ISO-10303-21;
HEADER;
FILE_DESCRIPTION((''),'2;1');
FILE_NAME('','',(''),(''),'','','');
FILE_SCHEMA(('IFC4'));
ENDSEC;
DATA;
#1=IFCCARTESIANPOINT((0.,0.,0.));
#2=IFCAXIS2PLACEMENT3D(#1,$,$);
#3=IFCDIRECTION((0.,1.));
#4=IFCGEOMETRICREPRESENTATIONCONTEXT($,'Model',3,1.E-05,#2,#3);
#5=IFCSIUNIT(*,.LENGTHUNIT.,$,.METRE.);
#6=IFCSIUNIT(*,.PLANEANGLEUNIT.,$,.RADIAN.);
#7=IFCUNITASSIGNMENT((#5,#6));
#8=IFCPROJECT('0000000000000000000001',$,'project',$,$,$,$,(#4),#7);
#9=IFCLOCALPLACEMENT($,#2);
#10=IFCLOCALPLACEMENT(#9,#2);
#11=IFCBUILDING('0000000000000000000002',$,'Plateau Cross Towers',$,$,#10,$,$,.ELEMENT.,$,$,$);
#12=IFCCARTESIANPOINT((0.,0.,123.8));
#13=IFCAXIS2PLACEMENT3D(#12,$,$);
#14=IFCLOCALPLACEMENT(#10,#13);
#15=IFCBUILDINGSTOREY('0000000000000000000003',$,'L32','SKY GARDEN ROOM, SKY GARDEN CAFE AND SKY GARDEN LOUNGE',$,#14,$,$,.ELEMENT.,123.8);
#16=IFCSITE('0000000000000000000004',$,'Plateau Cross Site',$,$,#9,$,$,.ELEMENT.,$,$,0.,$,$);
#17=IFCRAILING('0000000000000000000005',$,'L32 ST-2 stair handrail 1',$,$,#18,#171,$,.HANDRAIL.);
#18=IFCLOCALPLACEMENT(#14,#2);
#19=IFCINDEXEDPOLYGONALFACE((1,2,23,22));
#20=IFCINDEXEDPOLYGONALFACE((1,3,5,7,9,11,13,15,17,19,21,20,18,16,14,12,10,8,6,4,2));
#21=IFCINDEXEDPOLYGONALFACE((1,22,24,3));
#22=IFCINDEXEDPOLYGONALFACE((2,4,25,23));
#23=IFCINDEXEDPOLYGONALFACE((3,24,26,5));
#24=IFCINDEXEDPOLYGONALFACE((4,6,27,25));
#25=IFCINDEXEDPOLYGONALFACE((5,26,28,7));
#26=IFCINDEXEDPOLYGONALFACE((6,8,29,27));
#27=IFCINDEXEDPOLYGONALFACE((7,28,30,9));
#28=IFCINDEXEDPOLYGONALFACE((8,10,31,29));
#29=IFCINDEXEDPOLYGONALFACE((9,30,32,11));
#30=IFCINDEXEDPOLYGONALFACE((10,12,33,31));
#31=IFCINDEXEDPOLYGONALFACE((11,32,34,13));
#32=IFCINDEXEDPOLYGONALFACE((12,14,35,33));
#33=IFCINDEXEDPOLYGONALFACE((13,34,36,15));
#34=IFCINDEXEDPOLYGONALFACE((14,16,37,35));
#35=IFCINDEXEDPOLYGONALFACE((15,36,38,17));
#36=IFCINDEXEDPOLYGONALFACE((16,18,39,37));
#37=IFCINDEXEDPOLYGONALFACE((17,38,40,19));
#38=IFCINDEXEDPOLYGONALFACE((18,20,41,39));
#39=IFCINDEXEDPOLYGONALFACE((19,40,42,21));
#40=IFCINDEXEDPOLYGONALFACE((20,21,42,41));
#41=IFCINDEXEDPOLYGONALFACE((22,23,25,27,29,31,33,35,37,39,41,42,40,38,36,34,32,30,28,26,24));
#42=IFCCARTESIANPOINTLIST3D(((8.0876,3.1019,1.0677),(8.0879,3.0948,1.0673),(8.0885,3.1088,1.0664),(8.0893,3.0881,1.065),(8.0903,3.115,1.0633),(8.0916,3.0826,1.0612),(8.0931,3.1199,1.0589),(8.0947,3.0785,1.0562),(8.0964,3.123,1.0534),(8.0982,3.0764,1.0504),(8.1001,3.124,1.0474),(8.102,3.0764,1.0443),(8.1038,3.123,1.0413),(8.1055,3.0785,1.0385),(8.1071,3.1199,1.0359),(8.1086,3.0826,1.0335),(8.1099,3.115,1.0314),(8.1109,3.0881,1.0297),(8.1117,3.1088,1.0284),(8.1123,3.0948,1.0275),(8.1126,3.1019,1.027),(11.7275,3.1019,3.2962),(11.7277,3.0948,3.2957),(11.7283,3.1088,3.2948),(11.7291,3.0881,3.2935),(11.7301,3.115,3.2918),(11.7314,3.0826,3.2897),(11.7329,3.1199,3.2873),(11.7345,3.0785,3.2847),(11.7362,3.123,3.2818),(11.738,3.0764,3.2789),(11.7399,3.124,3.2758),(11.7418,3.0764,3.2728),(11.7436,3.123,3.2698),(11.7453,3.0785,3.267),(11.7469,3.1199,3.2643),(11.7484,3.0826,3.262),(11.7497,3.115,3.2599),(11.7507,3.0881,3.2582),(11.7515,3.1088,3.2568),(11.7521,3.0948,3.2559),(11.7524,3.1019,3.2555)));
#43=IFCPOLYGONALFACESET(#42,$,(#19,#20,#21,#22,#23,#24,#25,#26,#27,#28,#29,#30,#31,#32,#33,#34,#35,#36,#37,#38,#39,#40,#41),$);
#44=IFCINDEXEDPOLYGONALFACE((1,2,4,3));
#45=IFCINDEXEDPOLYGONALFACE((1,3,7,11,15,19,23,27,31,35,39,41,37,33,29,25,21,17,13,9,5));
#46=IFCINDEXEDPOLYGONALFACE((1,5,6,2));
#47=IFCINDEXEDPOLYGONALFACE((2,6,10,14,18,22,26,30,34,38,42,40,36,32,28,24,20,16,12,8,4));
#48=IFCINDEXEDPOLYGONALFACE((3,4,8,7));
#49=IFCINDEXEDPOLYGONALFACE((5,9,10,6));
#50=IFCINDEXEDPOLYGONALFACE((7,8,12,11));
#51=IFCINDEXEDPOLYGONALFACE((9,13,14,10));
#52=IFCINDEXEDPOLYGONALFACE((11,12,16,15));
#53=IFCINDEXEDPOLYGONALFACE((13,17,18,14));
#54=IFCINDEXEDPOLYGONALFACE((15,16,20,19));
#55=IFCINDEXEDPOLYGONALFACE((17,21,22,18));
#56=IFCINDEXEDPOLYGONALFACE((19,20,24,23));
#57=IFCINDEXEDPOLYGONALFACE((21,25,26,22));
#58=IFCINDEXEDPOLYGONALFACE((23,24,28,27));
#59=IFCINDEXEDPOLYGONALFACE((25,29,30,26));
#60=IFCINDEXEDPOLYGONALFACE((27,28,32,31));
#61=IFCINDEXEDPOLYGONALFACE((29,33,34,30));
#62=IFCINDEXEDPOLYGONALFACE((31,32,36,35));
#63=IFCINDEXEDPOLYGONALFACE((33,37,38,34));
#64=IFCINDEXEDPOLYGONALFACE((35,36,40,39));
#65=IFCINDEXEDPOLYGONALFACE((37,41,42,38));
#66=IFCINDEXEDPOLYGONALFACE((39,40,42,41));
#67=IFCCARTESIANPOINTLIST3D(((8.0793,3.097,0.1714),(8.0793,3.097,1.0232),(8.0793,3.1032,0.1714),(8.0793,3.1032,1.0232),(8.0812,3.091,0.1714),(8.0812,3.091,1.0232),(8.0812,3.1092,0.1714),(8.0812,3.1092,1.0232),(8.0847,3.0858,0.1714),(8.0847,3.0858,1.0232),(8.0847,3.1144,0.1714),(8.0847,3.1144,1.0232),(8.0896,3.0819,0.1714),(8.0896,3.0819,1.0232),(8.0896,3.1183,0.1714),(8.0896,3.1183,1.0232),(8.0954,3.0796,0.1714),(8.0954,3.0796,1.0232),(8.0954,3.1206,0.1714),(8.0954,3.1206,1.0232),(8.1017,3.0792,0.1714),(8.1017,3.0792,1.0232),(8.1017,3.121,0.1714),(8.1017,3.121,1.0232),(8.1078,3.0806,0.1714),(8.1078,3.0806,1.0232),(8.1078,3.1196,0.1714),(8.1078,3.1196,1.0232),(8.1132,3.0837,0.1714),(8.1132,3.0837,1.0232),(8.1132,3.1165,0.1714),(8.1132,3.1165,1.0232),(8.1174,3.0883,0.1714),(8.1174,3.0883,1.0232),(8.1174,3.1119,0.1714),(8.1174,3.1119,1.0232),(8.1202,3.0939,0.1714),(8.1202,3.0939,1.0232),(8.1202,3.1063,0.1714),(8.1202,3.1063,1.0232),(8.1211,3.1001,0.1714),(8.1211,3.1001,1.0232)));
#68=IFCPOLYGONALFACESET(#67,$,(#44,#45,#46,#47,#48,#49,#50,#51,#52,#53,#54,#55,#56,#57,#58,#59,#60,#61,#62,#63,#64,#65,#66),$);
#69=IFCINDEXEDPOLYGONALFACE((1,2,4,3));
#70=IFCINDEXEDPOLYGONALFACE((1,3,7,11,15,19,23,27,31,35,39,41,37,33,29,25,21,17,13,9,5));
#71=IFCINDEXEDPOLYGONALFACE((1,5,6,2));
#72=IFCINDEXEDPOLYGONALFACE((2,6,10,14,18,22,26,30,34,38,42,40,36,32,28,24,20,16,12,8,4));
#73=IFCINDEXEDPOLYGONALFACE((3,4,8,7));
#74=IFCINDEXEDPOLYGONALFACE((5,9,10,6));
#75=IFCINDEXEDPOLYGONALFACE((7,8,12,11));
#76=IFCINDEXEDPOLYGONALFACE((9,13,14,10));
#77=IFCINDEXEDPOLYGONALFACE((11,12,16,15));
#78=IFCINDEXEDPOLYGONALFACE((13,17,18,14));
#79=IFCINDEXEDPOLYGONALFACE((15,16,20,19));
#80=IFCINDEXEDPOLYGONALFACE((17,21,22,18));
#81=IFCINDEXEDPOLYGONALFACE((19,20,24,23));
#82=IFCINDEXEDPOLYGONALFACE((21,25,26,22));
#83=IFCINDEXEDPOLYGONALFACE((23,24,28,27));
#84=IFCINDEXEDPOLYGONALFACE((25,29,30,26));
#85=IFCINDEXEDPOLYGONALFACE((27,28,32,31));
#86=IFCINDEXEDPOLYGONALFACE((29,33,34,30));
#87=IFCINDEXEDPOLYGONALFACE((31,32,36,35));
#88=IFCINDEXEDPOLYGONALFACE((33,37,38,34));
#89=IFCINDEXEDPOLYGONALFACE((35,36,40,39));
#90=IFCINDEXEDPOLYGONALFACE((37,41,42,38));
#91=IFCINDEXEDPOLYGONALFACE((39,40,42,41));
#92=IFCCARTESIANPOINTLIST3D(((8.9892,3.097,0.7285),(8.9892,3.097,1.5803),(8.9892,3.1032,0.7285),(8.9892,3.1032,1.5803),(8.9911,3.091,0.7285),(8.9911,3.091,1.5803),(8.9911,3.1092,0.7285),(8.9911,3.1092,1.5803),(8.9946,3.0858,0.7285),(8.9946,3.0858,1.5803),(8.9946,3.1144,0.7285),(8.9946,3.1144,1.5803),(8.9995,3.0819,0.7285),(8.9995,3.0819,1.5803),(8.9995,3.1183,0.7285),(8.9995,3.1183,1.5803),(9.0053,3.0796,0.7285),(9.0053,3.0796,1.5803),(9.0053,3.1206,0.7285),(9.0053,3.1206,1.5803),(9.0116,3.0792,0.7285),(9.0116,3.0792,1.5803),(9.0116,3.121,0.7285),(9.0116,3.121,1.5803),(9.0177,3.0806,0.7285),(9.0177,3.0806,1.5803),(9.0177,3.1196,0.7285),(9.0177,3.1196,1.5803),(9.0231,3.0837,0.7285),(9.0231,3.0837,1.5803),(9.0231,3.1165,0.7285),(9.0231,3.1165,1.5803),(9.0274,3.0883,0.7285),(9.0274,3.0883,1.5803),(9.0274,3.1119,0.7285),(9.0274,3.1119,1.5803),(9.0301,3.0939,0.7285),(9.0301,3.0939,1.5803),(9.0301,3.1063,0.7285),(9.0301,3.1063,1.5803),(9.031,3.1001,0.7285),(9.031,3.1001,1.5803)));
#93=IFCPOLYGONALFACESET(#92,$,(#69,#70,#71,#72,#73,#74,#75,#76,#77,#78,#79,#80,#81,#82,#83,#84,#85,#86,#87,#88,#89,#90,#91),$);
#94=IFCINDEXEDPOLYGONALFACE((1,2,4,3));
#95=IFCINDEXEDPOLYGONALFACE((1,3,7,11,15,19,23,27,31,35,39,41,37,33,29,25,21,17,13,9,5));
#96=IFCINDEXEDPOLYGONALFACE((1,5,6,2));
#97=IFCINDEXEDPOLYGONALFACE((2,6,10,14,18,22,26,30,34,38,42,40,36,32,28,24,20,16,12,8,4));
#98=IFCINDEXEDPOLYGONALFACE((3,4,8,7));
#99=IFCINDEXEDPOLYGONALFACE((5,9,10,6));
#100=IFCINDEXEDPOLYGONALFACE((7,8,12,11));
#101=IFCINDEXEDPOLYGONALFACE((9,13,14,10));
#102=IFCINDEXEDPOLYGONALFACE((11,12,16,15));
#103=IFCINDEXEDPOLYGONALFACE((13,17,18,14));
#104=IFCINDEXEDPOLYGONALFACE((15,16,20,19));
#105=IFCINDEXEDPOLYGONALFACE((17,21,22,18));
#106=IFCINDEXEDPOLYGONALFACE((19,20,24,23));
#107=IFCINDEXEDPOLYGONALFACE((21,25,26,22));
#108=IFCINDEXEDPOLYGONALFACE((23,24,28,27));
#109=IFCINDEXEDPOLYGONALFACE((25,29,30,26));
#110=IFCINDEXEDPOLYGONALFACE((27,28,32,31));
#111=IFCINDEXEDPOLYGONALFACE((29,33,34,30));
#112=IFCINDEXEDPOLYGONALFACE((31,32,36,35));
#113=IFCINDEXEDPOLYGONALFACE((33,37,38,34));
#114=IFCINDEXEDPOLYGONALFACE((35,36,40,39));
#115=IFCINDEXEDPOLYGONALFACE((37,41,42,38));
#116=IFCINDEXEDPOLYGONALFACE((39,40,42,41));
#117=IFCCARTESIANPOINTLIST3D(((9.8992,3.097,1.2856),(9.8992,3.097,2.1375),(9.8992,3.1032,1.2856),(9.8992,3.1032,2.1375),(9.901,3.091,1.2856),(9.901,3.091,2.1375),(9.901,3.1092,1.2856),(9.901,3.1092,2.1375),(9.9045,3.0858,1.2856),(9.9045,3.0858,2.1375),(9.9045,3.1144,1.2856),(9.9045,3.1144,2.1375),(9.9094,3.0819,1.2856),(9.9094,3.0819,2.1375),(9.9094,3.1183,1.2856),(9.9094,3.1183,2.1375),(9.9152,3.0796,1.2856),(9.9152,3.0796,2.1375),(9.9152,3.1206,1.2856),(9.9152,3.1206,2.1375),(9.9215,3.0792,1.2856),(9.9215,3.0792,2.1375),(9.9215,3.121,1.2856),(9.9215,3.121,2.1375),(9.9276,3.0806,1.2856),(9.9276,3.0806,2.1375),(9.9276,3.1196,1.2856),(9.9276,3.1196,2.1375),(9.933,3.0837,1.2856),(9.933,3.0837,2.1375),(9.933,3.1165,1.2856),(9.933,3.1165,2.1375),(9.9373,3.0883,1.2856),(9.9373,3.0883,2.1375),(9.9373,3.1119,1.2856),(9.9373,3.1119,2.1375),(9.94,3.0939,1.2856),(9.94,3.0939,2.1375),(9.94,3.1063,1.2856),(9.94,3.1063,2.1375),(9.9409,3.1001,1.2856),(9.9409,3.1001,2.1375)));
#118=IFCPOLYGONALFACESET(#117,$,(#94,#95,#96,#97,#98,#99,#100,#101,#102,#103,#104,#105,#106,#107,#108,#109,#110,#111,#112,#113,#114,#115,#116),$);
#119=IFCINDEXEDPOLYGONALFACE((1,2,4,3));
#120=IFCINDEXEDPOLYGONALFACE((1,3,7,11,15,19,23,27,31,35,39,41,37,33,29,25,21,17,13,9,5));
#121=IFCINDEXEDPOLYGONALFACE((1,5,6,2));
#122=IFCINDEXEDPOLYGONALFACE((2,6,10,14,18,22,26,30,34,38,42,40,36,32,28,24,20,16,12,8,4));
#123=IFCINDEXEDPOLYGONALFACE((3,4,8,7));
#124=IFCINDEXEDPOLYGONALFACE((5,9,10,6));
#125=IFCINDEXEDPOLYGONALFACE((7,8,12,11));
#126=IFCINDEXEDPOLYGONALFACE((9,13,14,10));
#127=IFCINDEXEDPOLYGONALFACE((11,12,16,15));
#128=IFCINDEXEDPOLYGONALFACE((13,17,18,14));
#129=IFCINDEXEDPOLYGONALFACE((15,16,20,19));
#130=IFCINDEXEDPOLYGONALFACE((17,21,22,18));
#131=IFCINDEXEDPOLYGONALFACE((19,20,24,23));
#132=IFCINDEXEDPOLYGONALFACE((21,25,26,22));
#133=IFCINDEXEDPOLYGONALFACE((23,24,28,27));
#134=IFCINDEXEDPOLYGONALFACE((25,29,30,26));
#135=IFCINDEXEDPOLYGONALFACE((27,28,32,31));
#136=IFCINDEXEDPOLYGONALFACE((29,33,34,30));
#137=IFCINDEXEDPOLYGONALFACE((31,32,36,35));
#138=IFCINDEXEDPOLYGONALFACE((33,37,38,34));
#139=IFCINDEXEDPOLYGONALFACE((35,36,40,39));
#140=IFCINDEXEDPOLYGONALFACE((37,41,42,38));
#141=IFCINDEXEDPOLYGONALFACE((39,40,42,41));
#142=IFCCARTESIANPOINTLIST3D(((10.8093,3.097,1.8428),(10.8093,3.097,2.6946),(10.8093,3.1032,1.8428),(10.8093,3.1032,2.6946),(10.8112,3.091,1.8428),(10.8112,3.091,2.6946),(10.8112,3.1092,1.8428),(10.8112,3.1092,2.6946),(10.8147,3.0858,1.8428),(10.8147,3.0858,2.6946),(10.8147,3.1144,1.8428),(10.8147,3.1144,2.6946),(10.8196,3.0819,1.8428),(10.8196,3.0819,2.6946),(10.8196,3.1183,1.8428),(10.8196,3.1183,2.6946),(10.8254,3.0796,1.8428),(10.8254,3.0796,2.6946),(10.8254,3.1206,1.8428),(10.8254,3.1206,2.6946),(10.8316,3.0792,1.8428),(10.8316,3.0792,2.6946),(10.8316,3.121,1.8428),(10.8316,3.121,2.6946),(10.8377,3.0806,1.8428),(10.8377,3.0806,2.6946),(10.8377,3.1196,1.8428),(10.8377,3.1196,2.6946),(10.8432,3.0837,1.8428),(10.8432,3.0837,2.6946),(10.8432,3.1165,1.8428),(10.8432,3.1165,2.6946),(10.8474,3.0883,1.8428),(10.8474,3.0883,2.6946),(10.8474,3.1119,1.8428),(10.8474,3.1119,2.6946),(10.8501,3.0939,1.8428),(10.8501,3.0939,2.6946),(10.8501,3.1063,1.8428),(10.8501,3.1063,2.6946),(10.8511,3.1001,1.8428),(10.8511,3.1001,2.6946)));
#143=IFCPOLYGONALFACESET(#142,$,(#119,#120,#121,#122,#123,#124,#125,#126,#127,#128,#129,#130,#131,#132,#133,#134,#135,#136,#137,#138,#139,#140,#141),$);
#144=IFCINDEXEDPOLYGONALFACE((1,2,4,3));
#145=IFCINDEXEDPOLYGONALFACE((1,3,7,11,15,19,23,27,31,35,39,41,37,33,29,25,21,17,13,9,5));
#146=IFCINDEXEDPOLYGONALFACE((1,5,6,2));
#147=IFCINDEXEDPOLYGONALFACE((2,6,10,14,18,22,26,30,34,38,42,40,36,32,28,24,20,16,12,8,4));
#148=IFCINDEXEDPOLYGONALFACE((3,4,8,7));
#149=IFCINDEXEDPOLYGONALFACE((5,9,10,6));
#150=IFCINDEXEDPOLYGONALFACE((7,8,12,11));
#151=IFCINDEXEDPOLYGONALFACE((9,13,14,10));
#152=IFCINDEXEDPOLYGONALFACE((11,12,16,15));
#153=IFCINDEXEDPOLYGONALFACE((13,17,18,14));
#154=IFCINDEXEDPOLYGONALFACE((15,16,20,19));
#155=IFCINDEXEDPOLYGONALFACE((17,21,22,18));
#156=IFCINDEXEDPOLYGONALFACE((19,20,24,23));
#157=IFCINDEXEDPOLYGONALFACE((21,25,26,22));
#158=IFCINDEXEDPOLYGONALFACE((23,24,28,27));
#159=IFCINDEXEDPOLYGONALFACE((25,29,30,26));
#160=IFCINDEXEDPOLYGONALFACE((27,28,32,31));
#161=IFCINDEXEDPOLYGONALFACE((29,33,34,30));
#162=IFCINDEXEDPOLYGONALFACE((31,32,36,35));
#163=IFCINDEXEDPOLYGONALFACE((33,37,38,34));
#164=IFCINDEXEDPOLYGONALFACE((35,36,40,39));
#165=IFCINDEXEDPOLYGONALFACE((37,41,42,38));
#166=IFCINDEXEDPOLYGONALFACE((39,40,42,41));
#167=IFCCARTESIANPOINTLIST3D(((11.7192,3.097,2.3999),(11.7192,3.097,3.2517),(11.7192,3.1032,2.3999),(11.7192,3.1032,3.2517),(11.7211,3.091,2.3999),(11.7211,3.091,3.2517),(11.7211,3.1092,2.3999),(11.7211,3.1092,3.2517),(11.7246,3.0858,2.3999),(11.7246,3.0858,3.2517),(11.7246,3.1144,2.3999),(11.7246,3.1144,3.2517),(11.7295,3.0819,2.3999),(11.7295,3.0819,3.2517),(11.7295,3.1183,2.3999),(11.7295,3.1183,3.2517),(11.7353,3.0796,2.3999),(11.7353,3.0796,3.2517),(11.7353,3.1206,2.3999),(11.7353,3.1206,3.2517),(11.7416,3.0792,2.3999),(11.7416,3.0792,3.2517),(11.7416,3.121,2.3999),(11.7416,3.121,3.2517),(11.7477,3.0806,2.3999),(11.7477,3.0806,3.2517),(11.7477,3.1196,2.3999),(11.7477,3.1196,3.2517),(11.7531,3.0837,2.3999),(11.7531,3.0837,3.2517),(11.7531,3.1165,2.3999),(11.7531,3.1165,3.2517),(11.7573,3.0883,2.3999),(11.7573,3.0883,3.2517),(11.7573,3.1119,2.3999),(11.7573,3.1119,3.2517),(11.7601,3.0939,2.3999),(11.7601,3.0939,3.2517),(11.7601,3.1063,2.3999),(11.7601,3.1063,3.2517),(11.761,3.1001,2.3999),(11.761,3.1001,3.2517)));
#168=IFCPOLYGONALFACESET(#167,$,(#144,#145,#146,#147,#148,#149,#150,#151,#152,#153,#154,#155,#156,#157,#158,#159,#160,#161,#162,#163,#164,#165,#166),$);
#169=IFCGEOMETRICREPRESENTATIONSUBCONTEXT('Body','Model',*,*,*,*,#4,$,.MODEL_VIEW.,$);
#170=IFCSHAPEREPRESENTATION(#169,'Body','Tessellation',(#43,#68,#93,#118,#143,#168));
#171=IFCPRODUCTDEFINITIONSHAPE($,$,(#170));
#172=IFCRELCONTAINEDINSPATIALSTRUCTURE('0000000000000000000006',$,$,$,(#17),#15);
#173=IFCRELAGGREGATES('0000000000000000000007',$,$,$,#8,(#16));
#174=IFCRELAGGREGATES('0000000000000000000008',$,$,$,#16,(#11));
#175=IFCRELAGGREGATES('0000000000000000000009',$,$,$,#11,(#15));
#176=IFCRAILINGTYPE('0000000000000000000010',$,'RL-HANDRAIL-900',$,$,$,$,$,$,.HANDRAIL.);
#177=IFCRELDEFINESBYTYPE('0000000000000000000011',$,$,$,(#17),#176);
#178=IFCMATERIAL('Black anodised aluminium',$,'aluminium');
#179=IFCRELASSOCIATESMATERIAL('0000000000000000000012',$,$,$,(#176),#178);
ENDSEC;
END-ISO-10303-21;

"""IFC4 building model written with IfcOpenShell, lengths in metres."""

from ifc_helpers import new_model, si_unit, direction, frame, origin, origin_2d, place, context, subcontext, project, spatial, circle, extrude, material, type_object, element, save


model = new_model("IFC4")

# Units and contexts
model_context = context("Model", 3, precision=1e-05, world=origin(), true_north=direction((0.0, 1.0)))
body_context = subcontext(model_context, "Body", "Model", "MODEL_VIEW")
ifc_project = project(units=[si_unit("LENGTHUNIT", "METRE"), si_unit("PLANEANGLEUNIT", "RADIAN")], contexts=[model_context])

# Site, building, storey
site_placement = place(None, origin())
site = spatial("IfcSite", under=ifc_project, at=site_placement, Name="Plateau Cross Site", CompositionType="ELEMENT", RefElevation=0.0)
building_placement = place(site_placement, origin())
building = spatial("IfcBuilding", under=site, at=building_placement, Name="Plateau Cross Towers", CompositionType="ELEMENT")
storey_placement = place(building_placement, frame((0.0, 0.0, 123.8)))
storey = spatial("IfcBuildingStorey", under=building, at=storey_placement, Name="L32", Description="SKY GARDEN ROOM, SKY GARDEN CAFE AND SKY GARDEN LOUNGE", CompositionType="ELEMENT", Elevation=123.8)

# Shared definitions
ifc_material_1 = material(Name="Black anodised aluminium", Category="aluminium")

# Railing
railing_type_1 = type_object("IfcRailingType", Name="RL-HANDRAIL-900", PredefinedType="HANDRAIL", material=ifc_material_1)
railing_1_placement = place(storey_placement, frame((8.1001, 3.1001, 0.1714)))
element("IfcRailing", 1, at=railing_1_placement, inside=storey, type_object=railing_type_1, Name="L32 ST-2 stair handrail 1", PredefinedType="HANDRAIL", context=body_context, shape_type="SweptSolid", body=[
    extrude(circle(Radius=0.0239, at=origin_2d()), frame((0.0, 0.0, 0.876), z_axis=(0.85285, 0.0, 0.522156), x_axis=(0.0, 1.0, 0.0)), (0.0, 0.0, 1.0), 4.2678),
    extrude(circle(Radius=0.021, at=origin_2d()), origin(), (0.0, 0.0, 1.0), 0.8518),
    extrude(circle(Radius=0.021, at=origin_2d()), frame((0.9099, 0.0, 0.5571)), (0.0, 0.0, 1.0), 0.8518),
    extrude(circle(Radius=0.021, at=origin_2d()), frame((1.8198, 0.0, 1.1143)), (0.0, 0.0, 1.0), 0.8518),
    extrude(circle(Radius=0.021, at=origin_2d()), frame((2.73, 0.0, 1.6714)), (0.0, 0.0, 1.0), 0.8518),
    extrude(circle(Radius=0.021, at=origin_2d()), frame((3.6399, 0.0, 2.2285)), (0.0, 0.0, 1.0), 0.8518),
])

save(model, "model.ifc")
